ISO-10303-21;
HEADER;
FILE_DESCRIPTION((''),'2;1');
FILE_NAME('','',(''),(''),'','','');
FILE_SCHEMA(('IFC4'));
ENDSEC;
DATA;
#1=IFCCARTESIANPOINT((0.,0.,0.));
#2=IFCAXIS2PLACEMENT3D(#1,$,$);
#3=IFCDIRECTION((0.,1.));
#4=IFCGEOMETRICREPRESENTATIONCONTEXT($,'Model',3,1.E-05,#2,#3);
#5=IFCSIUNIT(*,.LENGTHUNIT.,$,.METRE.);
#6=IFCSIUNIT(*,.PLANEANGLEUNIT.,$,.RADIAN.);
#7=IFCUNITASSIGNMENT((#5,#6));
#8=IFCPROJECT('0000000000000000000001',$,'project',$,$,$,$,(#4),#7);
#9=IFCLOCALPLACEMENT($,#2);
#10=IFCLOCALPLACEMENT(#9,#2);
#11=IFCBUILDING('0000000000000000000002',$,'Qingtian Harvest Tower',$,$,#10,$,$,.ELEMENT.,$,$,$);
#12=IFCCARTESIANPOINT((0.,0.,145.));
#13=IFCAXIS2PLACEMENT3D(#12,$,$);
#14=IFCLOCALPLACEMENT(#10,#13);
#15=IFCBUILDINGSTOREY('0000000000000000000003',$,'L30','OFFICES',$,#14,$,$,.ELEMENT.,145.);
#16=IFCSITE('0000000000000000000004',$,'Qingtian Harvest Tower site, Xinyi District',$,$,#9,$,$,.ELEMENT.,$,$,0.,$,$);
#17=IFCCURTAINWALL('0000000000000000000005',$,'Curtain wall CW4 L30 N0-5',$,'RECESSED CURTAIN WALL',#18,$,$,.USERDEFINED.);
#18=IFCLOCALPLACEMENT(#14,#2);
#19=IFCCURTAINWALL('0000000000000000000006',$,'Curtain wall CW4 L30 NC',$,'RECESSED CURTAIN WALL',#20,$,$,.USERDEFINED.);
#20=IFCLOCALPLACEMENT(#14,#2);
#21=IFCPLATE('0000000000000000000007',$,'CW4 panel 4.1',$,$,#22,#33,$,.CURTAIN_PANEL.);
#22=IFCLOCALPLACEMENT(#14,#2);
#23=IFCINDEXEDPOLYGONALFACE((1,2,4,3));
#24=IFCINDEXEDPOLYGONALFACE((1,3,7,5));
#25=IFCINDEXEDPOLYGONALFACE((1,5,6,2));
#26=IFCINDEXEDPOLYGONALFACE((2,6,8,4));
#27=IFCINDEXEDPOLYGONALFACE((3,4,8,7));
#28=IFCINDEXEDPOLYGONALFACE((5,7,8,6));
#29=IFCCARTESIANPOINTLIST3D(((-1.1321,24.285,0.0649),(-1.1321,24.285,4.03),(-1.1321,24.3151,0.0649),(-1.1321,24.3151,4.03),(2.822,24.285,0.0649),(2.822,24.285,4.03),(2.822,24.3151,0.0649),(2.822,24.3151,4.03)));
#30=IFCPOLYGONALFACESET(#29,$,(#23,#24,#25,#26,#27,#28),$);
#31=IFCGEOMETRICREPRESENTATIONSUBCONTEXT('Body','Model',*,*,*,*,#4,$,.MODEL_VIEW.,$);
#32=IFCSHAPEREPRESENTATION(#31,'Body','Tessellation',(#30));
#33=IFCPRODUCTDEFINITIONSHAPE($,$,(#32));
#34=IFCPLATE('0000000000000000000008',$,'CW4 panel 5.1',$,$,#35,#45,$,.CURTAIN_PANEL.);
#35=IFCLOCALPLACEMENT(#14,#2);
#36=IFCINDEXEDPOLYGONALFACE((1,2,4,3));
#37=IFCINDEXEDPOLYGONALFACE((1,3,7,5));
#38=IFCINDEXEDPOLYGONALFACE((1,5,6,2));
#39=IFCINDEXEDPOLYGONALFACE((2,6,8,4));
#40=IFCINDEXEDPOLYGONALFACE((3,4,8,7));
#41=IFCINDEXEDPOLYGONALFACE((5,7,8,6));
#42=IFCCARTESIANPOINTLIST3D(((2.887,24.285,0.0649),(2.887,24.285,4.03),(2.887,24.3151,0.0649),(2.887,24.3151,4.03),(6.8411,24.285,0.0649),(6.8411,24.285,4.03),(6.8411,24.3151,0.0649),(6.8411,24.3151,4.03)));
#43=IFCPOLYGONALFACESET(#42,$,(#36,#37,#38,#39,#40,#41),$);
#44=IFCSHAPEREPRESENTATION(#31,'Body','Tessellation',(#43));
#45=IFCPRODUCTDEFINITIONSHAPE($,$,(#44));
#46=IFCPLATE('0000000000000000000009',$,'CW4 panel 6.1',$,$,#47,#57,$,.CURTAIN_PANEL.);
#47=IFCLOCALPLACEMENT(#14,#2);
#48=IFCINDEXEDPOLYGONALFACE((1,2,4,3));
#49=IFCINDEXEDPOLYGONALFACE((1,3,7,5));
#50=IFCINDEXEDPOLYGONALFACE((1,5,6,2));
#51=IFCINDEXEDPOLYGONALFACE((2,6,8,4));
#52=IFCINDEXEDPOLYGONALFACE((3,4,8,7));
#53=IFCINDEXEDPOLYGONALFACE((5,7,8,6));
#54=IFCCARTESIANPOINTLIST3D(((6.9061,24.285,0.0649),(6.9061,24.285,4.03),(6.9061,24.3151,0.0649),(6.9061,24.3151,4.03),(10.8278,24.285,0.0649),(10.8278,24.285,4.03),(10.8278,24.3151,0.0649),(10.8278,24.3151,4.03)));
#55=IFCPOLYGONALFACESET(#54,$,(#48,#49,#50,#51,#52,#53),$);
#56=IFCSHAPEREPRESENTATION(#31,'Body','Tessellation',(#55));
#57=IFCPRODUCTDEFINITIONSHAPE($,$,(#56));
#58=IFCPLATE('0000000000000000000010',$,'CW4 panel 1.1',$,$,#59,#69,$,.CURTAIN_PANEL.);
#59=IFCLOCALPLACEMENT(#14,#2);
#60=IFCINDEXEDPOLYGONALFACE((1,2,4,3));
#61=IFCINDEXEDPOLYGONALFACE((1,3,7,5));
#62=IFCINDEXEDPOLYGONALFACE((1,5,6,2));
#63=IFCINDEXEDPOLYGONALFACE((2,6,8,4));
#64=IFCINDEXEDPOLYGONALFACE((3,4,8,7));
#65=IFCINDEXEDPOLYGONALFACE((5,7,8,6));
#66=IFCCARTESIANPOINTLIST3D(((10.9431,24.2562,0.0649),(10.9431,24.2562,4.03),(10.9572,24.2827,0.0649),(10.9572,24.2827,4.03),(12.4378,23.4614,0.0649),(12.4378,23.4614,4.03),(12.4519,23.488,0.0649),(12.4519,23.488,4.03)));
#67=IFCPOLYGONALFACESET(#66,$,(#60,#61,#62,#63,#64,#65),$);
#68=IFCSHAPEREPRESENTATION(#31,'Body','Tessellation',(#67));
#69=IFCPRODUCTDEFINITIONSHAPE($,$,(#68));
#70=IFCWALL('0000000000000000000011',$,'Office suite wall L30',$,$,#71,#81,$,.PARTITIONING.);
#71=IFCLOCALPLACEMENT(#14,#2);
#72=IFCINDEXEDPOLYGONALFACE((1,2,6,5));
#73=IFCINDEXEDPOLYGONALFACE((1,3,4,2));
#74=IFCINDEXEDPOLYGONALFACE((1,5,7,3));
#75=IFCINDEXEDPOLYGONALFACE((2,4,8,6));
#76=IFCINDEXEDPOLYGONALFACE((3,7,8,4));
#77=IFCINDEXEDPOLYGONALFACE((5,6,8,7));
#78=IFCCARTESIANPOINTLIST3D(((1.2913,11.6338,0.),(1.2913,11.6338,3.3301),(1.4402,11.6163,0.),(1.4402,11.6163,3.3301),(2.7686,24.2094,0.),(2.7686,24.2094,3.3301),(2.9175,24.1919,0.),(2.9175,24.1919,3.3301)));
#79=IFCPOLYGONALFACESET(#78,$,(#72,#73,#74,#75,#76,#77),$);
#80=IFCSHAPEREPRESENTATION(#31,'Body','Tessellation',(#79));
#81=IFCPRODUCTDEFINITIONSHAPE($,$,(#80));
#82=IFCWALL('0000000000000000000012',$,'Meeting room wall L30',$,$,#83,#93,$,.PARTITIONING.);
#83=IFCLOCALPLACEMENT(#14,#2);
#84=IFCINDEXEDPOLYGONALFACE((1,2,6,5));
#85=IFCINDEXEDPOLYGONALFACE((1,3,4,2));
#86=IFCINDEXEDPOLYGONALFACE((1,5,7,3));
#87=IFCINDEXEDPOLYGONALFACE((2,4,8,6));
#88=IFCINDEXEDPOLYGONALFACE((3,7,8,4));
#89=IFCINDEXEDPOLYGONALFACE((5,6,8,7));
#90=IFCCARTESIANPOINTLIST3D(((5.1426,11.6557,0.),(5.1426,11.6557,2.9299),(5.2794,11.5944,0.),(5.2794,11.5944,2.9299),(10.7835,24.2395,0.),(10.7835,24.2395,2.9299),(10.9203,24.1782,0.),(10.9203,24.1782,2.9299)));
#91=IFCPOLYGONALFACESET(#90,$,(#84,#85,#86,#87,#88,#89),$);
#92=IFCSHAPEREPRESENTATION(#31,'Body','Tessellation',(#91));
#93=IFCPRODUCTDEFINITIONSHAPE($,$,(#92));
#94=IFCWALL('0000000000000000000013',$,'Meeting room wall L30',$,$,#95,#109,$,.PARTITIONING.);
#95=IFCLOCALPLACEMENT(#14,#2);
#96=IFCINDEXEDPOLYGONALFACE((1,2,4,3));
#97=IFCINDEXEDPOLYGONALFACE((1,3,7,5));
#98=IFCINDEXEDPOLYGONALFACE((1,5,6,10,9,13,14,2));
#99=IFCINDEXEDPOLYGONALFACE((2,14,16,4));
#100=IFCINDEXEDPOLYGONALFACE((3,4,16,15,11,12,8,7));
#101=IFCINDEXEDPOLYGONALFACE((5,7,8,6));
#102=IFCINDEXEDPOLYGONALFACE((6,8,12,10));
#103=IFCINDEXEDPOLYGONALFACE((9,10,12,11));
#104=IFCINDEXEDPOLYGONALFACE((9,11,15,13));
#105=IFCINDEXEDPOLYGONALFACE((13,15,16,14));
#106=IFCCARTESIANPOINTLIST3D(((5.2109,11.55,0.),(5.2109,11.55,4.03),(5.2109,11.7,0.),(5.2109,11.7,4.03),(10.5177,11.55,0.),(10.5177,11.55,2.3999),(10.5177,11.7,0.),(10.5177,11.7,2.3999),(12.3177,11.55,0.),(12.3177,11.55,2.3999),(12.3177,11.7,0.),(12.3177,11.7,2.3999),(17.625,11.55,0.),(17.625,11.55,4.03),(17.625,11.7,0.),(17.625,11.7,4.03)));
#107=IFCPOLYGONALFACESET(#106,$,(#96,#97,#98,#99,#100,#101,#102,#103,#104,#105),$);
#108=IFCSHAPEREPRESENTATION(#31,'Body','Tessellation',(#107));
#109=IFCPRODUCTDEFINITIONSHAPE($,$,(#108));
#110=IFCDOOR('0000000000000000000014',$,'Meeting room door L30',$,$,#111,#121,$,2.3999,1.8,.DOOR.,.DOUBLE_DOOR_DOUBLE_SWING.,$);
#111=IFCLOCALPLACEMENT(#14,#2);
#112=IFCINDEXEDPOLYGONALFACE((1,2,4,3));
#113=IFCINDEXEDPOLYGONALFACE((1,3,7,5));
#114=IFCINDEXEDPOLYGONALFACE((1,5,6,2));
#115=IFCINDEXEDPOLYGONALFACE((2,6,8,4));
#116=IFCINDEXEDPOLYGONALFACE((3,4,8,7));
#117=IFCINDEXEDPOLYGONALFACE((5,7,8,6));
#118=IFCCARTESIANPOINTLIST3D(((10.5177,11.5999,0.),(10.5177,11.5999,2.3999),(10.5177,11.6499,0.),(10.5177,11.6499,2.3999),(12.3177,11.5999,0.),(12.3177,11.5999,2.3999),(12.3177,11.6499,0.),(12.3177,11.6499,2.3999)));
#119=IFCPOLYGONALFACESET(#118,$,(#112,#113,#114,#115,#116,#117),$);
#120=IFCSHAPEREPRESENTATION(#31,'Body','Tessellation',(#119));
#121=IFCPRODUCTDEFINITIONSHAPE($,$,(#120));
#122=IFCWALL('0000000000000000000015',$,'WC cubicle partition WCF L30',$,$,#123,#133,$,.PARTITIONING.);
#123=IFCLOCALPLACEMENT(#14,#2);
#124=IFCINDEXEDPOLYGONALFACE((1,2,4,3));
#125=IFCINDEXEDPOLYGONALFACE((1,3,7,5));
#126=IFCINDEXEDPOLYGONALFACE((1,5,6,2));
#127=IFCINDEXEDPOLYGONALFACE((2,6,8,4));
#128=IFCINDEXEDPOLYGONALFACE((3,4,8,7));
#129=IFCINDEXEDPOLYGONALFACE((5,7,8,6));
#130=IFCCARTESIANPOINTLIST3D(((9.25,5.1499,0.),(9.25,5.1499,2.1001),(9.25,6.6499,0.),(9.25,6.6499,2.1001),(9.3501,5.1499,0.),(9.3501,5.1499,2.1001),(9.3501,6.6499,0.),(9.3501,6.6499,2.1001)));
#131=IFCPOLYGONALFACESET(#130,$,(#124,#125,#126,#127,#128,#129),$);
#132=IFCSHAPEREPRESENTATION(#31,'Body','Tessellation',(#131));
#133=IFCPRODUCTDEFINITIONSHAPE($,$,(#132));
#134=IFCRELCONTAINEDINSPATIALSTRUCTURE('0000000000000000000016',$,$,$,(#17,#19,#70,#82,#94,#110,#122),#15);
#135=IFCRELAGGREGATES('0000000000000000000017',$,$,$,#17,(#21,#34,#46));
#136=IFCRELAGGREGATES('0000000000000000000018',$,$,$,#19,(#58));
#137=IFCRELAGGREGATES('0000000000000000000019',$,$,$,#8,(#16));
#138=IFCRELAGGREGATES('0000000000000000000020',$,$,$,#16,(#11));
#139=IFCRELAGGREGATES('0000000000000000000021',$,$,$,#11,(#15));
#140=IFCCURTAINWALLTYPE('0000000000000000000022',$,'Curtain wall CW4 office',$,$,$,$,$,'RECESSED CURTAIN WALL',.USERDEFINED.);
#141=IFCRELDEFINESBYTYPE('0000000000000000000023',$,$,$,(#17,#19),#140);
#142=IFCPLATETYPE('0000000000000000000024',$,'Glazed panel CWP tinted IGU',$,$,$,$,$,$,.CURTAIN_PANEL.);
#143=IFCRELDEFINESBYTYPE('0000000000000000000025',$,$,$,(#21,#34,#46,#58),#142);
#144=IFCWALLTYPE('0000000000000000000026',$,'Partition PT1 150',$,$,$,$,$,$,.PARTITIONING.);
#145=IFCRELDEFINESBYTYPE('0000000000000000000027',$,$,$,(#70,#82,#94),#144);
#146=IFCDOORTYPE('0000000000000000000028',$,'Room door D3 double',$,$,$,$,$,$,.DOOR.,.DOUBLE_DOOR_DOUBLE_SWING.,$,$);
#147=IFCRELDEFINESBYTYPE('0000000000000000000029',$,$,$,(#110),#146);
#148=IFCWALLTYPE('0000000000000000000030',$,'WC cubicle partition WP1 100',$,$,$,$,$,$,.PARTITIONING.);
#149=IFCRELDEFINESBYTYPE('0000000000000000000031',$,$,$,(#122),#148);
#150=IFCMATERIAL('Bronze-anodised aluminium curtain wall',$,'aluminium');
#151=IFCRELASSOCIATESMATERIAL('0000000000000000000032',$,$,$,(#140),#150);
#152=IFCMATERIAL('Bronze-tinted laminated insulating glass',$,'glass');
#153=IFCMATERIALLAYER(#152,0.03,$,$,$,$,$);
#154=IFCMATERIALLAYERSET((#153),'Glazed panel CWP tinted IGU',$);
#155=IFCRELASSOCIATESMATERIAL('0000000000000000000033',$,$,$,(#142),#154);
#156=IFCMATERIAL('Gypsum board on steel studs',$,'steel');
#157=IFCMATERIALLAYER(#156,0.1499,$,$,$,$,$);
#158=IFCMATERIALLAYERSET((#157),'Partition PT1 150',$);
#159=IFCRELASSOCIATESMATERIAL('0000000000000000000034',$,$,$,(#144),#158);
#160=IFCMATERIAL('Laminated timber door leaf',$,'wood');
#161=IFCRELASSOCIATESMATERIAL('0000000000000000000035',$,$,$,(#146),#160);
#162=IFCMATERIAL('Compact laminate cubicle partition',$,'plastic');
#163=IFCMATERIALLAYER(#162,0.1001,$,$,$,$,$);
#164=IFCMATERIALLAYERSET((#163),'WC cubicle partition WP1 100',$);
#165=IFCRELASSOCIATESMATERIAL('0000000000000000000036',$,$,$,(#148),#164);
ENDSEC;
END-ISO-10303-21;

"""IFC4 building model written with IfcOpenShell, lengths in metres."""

from ifc_helpers import new_model, si_unit, direction, frame, frame_2d, origin, origin_2d, place, context, subcontext, project, spatial, rectangle, extrude, material, layer, layer_set, type_object, element, fill, aggregate, save


model = new_model("IFC4")

# Units and contexts
model_context = context("Model", 3, precision=1e-05, world=origin(), true_north=direction((0.0, 1.0)))
body_context = subcontext(model_context, "Body", "Model", "MODEL_VIEW")
ifc_project = project(units=[si_unit("LENGTHUNIT", "METRE"), si_unit("PLANEANGLEUNIT", "RADIAN")], contexts=[model_context])

# Site, building, storey
site_placement = place(None, origin())
site = spatial("IfcSite", under=ifc_project, at=site_placement, Name="Qingtian Harvest Tower site, Xinyi District", CompositionType="ELEMENT", RefElevation=0.0)
building_placement = place(site_placement, origin())
building = spatial("IfcBuilding", under=site, at=building_placement, Name="Qingtian Harvest Tower", CompositionType="ELEMENT")
storey_placement = place(building_placement, frame((0.0, 0.0, 145.0)))
storey = spatial("IfcBuildingStorey", under=building, at=storey_placement, Name="L30", Description="OFFICES", CompositionType="ELEMENT", Elevation=145.0)

# Curtain walls
ifc_material_1 = material(Name="Bronze-anodised aluminium curtain wall", Category="aluminium")
curtain_wall_type = type_object("IfcCurtainWallType", Name="Curtain wall CW4 office", ElementType="RECESSED CURTAIN WALL", PredefinedType="USERDEFINED", material=ifc_material_1)
curtain_wall_1_placement = place(storey_placement, origin())
curtain_wall_1 = element("IfcCurtainWall", 1, at=curtain_wall_1_placement, inside=storey, type_object=curtain_wall_type, Name="Curtain wall CW4 L30 N0-5", ObjectType="RECESSED CURTAIN WALL", PredefinedType="USERDEFINED")
curtain_wall_2_placement = place(storey_placement, origin())
curtain_wall_2 = element("IfcCurtainWall", 2, at=curtain_wall_2_placement, inside=storey, type_object=curtain_wall_type, Name="Curtain wall CW4 L30 NC", ObjectType="RECESSED CURTAIN WALL", PredefinedType="USERDEFINED")

# Plates
ifc_material_2 = material(Name="Bronze-tinted laminated insulating glass", Category="glass")
ifc_layer_1 = layer(ifc_material_2, 0.03)
ifc_layer_set_1 = layer_set([ifc_layer_1], Name="Glazed panel CWP tinted IGU")
plate_type = type_object("IfcPlateType", Name="Glazed panel CWP tinted IGU", PredefinedType="CURTAIN_PANEL", material=ifc_layer_set_1)
plate_1_placement = place(storey_placement, frame((0.845, 24.3, 0.0649), z_axis=(0.0, 0.0, 1.0), x_axis=(1.0, 0.0, 0.0)))
plate_1 = element("IfcPlate", 3, at=plate_1_placement, type_object=plate_type, Name="CW4 panel 4.1", PredefinedType="CURTAIN_PANEL", context=body_context, shape_type="SweptSolid", body=[
    extrude(rectangle(XDim=3.9541, YDim=0.03, at=origin_2d()), origin(), (0.0, 0.0, 1.0), 3.9651),
])
plate_2_placement = place(storey_placement, frame((4.864, 24.3, 0.0649), z_axis=(0.0, 0.0, 1.0), x_axis=(1.0, 0.0, 0.0)))
plate_2 = element("IfcPlate", 4, at=plate_2_placement, type_object=plate_type, Name="CW4 panel 5.1", PredefinedType="CURTAIN_PANEL", context=body_context, shape_type="SweptSolid", body=[
    extrude(rectangle(XDim=3.9541, YDim=0.03, at=origin_2d()), origin(), (0.0, 0.0, 1.0), 3.9651),
])
plate_3_placement = place(storey_placement, frame((8.8669, 24.3, 0.0649), z_axis=(0.0, 0.0, 1.0), x_axis=(1.0, 0.0, 0.0)))
plate_3 = element("IfcPlate", 5, at=plate_3_placement, type_object=plate_type, Name="CW4 panel 6.1", PredefinedType="CURTAIN_PANEL", context=body_context, shape_type="SweptSolid", body=[
    extrude(rectangle(XDim=3.9216, YDim=0.03, at=origin_2d()), origin(), (0.0, 0.0, 1.0), 3.9651),
])
aggregate(curtain_wall_1, [plate_1, plate_2, plate_3])
plate_4_placement = place(storey_placement, frame((11.6975, 23.8721, 0.0649), z_axis=(0.0, 0.0, 1.0), x_axis=(0.882948, -0.469472, 0.0)))
plate_4 = element("IfcPlate", 6, at=plate_4_placement, type_object=plate_type, Name="CW4 panel 1.1", PredefinedType="CURTAIN_PANEL", context=body_context, shape_type="SweptSolid", body=[
    extrude(rectangle(XDim=1.6929, YDim=0.03, at=origin_2d()), origin(), (0.0, 0.0, 1.0), 3.9651),
])
aggregate(curtain_wall_2, [plate_4])

# Wall
ifc_material_3 = material(Name="Gypsum board on steel studs", Category="steel")
ifc_layer_2 = layer(ifc_material_3, 0.1499)
ifc_layer_set_2 = layer_set([ifc_layer_2], Name="Partition PT1 150")
wall_type_1 = type_object("IfcWallType", Name="Partition PT1 150", PredefinedType="PARTITIONING", material=ifc_layer_set_2)
wall_1_placement = place(storey_placement, frame((2.843, 24.2007, 0.0), z_axis=(0.0, 0.0, 1.0), x_axis=(-0.11667, -0.993171, 0.0)))
element("IfcWall", 7, at=wall_1_placement, inside=storey, type_object=wall_type_1, Name="Office suite wall L30", PredefinedType="PARTITIONING", context=body_context, shape_type="SweptSolid", body=[
    extrude(rectangle(XDim=12.6621, YDim=0.1499, at=frame_2d((6.3311, 0.0))), origin(), (0.0, 0.0, 1.0), 3.3301),
])

# Wall
wall_2_placement = place(storey_placement, frame((10.8518, 24.2087, 0.0), z_axis=(0.0, 0.0, 1.0), x_axis=(-0.409049, -0.912513, 0.0)))
element("IfcWall", 8, at=wall_2_placement, inside=storey, type_object=wall_type_1, Name="Meeting room wall L30", PredefinedType="PARTITIONING", context=body_context, shape_type="SweptSolid", body=[
    extrude(rectangle(XDim=13.7903, YDim=0.1499, at=frame_2d((6.895, 0.0))), origin(), (0.0, 0.0, 1.0), 2.9299),
])

# Wall, opening, door
wall_3_placement = place(storey_placement, frame((5.2109, 11.625, 0.0), z_axis=(0.0, 0.0, 1.0), x_axis=(1.0, 0.0, 0.0)))
wall_3 = element("IfcWall", 9, at=wall_3_placement, inside=storey, type_object=wall_type_1, Name="Meeting room wall L30", PredefinedType="PARTITIONING", context=body_context, shape_type="SweptSolid", body=[
    extrude(rectangle(XDim=12.4141, YDim=0.1499, at=frame_2d((6.207, 0.0))), origin(), (0.0, 0.0, 1.0), 4.03),
])
opening_1_placement = place(wall_3_placement, frame((5.3069, 0.0, 0.0)))
opening_1 = element("IfcOpeningElement", 10, at=opening_1_placement, cuts=wall_3, PredefinedType="OPENING", context=body_context, shape_type="SweptSolid", body=[
    extrude(rectangle(XDim=1.8, YDim=2.3999, at=frame_2d((0.8999, 1.2))), frame((0.0, 0.085, 0.0), z_axis=(0.0, -1.0, 0.0), x_axis=(1.0, 0.0, 0.0)), (0.0, 0.0, 1.0), 0.1699),
])
ifc_material_4 = material(Name="Laminated timber door leaf", Category="wood")
door_type_1 = type_object("IfcDoorType", Name="Room door D3 double", OperationType="DOUBLE_DOOR_DOUBLE_SWING", PredefinedType="DOOR", material=ifc_material_4)
door_1_placement = place(opening_1_placement, origin())
door_1 = element("IfcDoor", 11, at=door_1_placement, inside=storey, type_object=door_type_1, Name="Meeting room door L30", OperationType="DOUBLE_DOOR_DOUBLE_SWING", OverallHeight=2.3999, OverallWidth=1.8, PredefinedType="DOOR", context=body_context, shape_type="SweptSolid", body=[
    extrude(rectangle(XDim=1.8, YDim=2.3999, at=frame_2d((0.8999, 1.2))), frame((0.0, 0.0249, 0.0), z_axis=(0.0, -1.0, 0.0), x_axis=(1.0, 0.0, 0.0)), (0.0, 0.0, 1.0), 0.05),
])
fill(opening_1, door_1)

# Wall
ifc_material_5 = material(Name="Compact laminate cubicle partition", Category="plastic")
ifc_layer_3 = layer(ifc_material_5, 0.1001)
ifc_layer_set_3 = layer_set([ifc_layer_3], Name="WC cubicle partition WP1 100")
wall_type_2 = type_object("IfcWallType", Name="WC cubicle partition WP1 100", PredefinedType="PARTITIONING", material=ifc_layer_set_3)
wall_4_placement = place(storey_placement, frame((9.3, 5.1499, 0.0), z_axis=(0.0, 0.0, 1.0), x_axis=(0.0, 1.0, 0.0)))
element("IfcWall", 12, at=wall_4_placement, inside=storey, type_object=wall_type_2, Name="WC cubicle partition WCF L30", PredefinedType="PARTITIONING", context=body_context, shape_type="SweptSolid", body=[
    extrude(rectangle(XDim=1.5, YDim=0.1001, at=frame_2d((0.75, 0.0))), origin(), (0.0, 0.0, 1.0), 2.1001),
])

save(model, "model.ifc")
